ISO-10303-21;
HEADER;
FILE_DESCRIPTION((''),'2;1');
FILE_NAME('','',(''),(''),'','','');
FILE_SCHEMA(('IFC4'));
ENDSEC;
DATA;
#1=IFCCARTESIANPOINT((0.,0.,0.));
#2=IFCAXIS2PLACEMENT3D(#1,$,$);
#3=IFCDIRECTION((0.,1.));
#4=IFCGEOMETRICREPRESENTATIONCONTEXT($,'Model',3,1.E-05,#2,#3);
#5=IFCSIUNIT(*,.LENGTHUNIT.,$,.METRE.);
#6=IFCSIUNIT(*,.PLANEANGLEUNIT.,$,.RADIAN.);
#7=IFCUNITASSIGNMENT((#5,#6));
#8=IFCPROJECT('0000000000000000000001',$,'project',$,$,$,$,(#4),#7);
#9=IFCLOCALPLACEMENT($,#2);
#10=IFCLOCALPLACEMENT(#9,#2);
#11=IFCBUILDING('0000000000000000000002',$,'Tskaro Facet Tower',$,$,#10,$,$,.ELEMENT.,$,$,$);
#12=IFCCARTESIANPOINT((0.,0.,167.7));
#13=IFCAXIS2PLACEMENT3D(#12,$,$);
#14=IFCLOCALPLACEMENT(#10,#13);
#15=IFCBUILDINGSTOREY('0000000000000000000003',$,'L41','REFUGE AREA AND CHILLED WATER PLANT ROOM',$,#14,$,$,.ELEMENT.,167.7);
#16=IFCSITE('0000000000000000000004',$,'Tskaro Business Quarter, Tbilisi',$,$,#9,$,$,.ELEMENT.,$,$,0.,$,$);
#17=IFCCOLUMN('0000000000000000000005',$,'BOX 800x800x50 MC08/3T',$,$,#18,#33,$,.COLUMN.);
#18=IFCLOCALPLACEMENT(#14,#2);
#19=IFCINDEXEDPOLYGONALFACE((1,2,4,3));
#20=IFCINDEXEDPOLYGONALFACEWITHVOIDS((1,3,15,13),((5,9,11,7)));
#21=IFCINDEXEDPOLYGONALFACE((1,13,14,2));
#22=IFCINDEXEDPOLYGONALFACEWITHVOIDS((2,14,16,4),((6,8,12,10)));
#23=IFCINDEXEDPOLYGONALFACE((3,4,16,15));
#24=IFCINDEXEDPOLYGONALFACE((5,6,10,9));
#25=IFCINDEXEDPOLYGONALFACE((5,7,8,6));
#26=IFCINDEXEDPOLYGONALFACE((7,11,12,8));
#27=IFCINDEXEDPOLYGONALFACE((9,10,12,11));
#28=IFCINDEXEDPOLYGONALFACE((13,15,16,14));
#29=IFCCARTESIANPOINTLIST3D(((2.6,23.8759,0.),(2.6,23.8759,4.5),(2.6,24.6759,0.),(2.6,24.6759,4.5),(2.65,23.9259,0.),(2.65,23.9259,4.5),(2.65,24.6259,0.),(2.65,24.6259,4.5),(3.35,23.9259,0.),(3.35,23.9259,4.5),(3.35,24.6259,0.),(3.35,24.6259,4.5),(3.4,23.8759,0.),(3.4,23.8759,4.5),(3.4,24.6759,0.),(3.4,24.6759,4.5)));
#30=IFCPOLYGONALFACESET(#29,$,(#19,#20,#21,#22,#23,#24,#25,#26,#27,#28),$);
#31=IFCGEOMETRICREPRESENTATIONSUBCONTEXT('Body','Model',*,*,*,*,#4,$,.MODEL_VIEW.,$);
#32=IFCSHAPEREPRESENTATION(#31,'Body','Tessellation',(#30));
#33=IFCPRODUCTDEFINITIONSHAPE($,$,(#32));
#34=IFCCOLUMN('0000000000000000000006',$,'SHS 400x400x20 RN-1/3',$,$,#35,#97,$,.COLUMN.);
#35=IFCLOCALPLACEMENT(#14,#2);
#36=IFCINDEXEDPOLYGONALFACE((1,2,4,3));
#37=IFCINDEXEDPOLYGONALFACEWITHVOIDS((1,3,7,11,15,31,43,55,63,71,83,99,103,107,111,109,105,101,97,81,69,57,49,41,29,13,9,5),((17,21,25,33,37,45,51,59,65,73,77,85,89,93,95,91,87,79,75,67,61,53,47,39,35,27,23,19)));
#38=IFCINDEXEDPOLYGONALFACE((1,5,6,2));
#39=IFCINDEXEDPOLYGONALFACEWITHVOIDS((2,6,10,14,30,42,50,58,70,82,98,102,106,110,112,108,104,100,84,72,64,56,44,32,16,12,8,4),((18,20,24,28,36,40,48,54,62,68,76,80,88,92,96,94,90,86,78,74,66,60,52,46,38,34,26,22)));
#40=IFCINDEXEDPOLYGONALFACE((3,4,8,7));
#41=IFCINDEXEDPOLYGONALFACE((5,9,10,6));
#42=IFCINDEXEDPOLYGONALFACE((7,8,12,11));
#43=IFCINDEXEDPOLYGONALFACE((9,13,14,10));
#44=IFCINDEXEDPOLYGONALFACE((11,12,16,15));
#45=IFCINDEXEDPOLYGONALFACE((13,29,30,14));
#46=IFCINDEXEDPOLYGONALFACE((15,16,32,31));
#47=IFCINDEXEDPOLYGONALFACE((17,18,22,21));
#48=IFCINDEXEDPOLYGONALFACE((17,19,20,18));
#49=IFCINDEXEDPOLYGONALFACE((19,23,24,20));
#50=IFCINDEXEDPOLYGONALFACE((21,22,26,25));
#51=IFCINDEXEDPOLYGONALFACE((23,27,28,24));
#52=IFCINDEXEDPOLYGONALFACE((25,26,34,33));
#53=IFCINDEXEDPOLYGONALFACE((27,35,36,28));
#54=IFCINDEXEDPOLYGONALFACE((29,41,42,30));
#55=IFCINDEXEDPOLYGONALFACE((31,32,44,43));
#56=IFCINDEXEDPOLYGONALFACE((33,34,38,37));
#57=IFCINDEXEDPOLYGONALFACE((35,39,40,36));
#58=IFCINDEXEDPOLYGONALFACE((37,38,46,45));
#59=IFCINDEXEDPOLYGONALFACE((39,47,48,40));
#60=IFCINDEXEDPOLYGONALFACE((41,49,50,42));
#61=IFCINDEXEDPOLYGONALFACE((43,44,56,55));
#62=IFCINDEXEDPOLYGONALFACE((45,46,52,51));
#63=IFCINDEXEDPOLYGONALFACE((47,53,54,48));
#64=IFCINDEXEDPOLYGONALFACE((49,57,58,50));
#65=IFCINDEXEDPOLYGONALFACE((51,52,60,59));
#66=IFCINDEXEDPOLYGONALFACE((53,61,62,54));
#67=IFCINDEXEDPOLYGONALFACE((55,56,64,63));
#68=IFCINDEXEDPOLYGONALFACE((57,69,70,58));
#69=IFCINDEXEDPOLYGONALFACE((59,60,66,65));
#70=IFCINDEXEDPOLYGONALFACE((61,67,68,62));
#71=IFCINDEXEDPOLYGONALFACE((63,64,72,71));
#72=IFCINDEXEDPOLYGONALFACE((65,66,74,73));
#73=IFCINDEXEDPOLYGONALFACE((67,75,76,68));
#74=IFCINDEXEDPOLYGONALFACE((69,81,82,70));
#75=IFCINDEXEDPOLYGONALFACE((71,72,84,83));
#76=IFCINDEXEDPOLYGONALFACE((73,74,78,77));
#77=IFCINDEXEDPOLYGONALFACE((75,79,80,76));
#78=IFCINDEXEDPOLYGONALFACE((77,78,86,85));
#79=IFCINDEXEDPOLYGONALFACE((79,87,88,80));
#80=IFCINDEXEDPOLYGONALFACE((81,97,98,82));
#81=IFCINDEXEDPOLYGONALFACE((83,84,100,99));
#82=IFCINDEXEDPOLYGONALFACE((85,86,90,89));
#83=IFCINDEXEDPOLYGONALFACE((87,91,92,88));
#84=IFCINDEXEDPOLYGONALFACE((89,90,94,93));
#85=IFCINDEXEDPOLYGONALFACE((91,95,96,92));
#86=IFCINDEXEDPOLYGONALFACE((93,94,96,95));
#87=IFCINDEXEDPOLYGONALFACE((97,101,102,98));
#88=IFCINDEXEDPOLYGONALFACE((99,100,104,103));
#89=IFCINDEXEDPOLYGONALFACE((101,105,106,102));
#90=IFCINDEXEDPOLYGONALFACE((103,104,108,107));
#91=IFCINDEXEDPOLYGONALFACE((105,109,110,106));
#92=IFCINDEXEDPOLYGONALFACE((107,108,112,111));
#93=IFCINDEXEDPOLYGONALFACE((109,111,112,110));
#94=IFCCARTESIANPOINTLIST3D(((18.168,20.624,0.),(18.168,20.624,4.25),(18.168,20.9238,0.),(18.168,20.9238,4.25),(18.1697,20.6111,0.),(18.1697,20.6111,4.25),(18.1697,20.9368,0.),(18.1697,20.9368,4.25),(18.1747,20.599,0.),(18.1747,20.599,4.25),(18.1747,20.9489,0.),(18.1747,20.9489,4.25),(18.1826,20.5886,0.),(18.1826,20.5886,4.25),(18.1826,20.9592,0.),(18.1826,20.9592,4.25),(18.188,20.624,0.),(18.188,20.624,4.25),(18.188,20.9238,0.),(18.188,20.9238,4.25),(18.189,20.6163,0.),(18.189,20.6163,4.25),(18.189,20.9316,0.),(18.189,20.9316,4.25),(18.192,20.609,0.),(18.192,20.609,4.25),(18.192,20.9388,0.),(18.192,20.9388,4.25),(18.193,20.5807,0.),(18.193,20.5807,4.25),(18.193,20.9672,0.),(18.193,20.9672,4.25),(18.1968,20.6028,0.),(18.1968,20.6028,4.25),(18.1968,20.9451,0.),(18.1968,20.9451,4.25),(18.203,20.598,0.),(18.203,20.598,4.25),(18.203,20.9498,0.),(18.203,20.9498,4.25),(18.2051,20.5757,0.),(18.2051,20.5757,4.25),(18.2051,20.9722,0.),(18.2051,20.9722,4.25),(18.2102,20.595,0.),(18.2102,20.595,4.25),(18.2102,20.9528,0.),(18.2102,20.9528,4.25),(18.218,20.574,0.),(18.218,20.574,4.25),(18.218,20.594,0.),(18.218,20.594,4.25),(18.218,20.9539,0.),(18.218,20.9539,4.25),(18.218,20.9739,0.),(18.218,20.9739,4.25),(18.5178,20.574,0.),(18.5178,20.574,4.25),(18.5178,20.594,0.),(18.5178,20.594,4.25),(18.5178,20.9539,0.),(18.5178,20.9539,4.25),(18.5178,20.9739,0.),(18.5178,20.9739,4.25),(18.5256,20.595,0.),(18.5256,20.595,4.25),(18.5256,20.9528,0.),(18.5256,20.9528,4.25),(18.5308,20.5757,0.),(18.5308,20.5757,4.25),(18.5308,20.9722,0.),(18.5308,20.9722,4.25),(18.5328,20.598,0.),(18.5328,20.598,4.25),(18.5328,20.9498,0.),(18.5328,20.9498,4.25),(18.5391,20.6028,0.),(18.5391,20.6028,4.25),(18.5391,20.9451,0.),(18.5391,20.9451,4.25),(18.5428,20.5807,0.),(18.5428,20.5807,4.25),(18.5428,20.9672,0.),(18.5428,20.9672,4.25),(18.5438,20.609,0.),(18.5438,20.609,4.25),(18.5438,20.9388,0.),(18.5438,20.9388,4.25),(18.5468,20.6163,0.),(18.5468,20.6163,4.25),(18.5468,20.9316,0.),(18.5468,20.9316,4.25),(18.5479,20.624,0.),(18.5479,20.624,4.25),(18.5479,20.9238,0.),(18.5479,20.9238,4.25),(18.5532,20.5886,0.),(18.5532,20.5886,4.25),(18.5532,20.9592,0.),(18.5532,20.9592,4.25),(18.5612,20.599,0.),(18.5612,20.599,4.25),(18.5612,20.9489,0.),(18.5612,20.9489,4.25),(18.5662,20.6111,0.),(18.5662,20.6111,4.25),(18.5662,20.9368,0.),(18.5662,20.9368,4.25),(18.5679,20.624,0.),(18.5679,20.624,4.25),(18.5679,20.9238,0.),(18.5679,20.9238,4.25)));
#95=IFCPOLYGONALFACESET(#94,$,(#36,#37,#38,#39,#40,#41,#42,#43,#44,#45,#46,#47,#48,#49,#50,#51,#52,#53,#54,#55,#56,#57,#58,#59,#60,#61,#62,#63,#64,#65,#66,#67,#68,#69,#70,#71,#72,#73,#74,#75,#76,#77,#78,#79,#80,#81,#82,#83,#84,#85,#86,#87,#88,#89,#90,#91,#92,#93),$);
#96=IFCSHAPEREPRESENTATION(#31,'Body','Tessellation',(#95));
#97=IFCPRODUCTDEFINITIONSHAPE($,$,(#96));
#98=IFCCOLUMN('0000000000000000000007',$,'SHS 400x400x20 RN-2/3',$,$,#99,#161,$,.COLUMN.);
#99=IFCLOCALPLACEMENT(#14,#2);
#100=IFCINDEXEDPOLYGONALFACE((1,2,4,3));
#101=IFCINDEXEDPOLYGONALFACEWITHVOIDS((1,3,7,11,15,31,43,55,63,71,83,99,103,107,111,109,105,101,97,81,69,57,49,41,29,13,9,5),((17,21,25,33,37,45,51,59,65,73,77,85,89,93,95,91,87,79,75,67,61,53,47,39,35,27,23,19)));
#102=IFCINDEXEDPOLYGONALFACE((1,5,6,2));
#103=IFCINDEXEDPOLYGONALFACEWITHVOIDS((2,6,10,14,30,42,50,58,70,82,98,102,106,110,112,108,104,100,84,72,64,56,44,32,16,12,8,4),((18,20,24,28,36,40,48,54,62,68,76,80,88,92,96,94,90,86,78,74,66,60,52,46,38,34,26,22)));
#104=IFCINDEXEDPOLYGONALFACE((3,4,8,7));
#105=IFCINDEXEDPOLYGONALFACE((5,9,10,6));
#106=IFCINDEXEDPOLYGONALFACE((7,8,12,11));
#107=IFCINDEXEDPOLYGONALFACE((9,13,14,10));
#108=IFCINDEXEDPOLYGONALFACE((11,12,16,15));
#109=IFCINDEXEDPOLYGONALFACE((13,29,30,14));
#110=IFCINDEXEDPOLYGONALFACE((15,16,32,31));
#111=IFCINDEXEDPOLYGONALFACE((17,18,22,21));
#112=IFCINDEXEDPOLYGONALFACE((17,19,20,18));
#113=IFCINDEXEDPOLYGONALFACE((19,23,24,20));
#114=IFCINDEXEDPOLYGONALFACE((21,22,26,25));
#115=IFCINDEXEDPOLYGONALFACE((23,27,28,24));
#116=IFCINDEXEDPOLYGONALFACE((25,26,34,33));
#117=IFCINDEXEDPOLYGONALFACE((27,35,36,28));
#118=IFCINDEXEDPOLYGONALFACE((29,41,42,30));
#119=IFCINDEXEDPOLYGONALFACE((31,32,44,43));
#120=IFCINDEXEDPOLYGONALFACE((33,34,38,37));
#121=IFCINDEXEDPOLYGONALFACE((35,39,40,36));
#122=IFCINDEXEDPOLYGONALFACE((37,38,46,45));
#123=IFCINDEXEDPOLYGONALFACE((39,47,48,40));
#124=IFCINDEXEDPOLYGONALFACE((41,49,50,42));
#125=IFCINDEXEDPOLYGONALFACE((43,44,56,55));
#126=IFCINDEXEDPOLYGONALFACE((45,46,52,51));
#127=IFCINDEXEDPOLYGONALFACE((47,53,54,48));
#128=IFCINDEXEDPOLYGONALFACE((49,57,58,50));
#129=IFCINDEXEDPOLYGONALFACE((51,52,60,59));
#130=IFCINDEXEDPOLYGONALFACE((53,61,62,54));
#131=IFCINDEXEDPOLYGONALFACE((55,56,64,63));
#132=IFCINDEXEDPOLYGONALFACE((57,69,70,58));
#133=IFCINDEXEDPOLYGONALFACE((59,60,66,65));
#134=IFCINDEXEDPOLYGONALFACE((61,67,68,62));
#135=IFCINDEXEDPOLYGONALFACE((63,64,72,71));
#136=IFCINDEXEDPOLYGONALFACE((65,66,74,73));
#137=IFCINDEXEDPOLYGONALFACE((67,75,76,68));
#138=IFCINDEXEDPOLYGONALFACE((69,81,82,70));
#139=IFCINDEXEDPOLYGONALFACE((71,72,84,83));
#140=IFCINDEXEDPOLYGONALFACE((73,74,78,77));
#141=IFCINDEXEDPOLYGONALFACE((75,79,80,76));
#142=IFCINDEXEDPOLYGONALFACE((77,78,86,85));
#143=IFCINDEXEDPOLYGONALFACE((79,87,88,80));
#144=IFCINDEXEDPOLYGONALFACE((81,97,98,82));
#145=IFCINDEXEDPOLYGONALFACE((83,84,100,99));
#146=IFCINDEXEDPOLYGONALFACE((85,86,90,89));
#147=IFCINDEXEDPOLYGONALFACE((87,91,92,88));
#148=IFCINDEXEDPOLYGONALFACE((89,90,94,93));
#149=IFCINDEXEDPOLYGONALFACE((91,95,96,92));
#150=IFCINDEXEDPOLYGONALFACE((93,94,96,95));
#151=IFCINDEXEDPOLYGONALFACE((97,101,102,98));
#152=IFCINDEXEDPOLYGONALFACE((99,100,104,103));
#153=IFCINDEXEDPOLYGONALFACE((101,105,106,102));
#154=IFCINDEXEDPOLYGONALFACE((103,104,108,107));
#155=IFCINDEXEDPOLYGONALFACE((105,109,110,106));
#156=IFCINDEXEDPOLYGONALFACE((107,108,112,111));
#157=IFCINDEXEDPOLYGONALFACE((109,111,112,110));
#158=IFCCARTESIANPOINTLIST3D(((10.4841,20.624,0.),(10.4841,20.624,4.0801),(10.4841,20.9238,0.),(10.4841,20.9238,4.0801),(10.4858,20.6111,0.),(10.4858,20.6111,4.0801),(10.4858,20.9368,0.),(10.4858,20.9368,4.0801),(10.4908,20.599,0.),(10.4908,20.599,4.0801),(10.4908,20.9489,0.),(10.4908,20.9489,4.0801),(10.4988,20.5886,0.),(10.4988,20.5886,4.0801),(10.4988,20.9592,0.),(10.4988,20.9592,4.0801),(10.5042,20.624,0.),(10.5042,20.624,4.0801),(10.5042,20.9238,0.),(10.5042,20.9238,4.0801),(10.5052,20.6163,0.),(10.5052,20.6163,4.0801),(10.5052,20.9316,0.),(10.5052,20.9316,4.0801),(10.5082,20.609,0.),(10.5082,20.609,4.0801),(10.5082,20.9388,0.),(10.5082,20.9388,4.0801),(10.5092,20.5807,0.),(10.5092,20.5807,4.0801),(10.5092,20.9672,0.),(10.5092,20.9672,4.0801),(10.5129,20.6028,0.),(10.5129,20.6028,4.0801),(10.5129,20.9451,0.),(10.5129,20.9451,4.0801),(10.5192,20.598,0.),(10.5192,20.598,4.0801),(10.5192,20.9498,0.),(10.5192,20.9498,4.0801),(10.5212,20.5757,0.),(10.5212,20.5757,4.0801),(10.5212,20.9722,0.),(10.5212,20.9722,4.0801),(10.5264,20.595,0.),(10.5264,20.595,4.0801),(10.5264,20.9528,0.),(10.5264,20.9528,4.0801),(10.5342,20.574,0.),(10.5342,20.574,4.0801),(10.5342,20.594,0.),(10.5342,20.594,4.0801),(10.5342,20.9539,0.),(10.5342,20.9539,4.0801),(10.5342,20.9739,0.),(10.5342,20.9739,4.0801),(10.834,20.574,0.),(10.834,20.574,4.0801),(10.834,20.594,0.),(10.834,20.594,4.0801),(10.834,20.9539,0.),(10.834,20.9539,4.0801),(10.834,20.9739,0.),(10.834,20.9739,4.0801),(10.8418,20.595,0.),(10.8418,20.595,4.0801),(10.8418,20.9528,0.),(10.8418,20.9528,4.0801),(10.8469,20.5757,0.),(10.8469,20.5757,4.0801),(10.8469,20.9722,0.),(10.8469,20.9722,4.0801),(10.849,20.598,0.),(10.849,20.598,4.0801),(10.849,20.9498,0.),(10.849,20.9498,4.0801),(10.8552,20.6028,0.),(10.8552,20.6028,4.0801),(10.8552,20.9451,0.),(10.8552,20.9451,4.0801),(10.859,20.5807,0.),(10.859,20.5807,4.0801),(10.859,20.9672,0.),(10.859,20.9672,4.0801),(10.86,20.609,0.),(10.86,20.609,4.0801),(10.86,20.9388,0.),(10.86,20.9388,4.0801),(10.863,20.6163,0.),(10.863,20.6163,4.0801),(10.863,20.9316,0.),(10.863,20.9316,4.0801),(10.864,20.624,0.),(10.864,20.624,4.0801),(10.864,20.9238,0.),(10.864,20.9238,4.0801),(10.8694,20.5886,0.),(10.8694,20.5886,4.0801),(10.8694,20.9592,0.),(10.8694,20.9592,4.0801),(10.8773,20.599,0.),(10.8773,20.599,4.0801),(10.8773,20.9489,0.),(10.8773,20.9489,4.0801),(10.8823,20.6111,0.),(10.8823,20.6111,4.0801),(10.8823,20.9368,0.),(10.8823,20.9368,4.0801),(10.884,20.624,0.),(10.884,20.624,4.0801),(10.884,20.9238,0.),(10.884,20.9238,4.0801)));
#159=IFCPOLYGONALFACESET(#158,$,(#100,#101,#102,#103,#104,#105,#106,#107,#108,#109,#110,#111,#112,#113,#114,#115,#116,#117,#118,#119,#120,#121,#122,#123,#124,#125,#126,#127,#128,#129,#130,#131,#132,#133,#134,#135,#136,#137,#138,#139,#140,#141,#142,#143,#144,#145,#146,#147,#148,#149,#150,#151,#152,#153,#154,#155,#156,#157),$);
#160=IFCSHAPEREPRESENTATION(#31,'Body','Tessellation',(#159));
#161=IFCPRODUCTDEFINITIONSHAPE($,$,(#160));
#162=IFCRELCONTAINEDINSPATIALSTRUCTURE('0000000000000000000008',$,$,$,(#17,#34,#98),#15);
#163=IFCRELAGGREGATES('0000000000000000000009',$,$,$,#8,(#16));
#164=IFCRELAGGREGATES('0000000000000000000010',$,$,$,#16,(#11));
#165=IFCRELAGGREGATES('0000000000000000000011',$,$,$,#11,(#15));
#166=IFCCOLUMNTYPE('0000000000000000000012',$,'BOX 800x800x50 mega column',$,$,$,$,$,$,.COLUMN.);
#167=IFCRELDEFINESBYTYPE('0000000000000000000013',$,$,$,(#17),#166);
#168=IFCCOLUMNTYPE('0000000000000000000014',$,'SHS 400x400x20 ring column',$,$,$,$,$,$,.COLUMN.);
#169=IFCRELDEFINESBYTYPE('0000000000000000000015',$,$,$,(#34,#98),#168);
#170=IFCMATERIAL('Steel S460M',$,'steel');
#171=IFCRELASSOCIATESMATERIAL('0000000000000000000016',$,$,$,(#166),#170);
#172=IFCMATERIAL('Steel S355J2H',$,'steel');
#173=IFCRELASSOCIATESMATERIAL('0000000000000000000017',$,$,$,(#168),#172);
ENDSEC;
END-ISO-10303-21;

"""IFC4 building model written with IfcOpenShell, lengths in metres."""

from ifc_helpers import new_model, si_unit, direction, frame, origin, origin_2d, place, context, subcontext, project, spatial, hollow_rectangle, extrude, material, material_profile, profile_set, type_object, element, save


model = new_model("IFC4")

# Units and contexts
model_context = context("Model", 3, precision=1e-05, world=origin(), true_north=direction((0.0, 1.0)))
body_context = subcontext(model_context, "Body", "Model", "MODEL_VIEW")
ifc_project = project(units=[si_unit("LENGTHUNIT", "METRE"), si_unit("PLANEANGLEUNIT", "RADIAN")], contexts=[model_context])

# Site, building, storey
site_placement = place(None, origin())
site = spatial("IfcSite", under=ifc_project, at=site_placement, Name="Tskaro Business Quarter, Tbilisi", CompositionType="ELEMENT", RefElevation=0.0)
building_placement = place(site_placement, origin())
building = spatial("IfcBuilding", under=site, at=building_placement, Name="Tskaro Facet Tower", CompositionType="ELEMENT")
storey_placement = place(building_placement, frame((0.0, 0.0, 167.7)))
storey = spatial("IfcBuildingStorey", under=building, at=storey_placement, Name="L41", Description="REFUGE AREA AND CHILLED WATER PLANT ROOM", CompositionType="ELEMENT", Elevation=167.7)

# Columns
ifc_material_1 = material(Name="Steel S460M", Category="steel")
ifc_material_profile_1 = material_profile(ifc_material_1, hollow_rectangle(XDim=0.8, YDim=0.8, WallThickness=0.05, at=origin_2d()), Name="BOX 800x800x50")
ifc_profile_set_1 = profile_set([ifc_material_profile_1], Name="Steel S460M")
column_type_1 = type_object("IfcColumnType", Name="BOX 800x800x50 mega column", PredefinedType="COLUMN", material=ifc_profile_set_1)
column_1_placement = place(storey_placement, frame((3.0, 24.2759, 0.0), z_axis=(0.0, 0.0, 1.0), x_axis=(1.0, 0.0, 0.0)))
element("IfcColumn", 1, at=column_1_placement, inside=storey, type_object=column_type_1, Name="BOX 800x800x50 MC08/3T", PredefinedType="COLUMN", context=body_context, shape_type="SweptSolid", body=[
    extrude(hollow_rectangle(XDim=0.8, YDim=0.8, WallThickness=0.05, at=origin_2d()), origin(), (0.0, 0.0, 1.0), 4.5),
])
ifc_material_2 = material(Name="Steel S355J2H", Category="steel")
ifc_material_profile_2 = material_profile(ifc_material_2, hollow_rectangle(XDim=0.3999, YDim=0.3999, WallThickness=0.02, InnerFilletRadius=0.03, OuterFilletRadius=0.05, at=origin_2d()), Name="SHS 400x400x20")
ifc_profile_set_2 = profile_set([ifc_material_profile_2], Name="Steel S355J2H")
column_type_2 = type_object("IfcColumnType", Name="SHS 400x400x20 ring column", PredefinedType="COLUMN", material=ifc_profile_set_2)
column_2_placement = place(storey_placement, frame((18.3679, 20.7739, 0.0), z_axis=(0.0, 0.0, 1.0), x_axis=(1.0, 0.0, 0.0)))
element("IfcColumn", 2, at=column_2_placement, inside=storey, type_object=column_type_2, Name="SHS 400x400x20 RN-1/3", PredefinedType="COLUMN", context=body_context, shape_type="SweptSolid", body=[
    extrude(hollow_rectangle(XDim=0.3999, YDim=0.3999, WallThickness=0.02, InnerFilletRadius=0.03, OuterFilletRadius=0.05, at=origin_2d()), origin(), (0.0, 0.0, 1.0), 4.25),
])
for number, where, z_axis, x_axis, name in (
    (3, (10.6841, 20.7739, 0.0), (0.0, 0.0, 1.0), (1.0, 0.0, 0.0), "SHS 400x400x20 RN-2/3"),
):
    element("IfcColumn", number, at=place(storey_placement, frame(where, z_axis=z_axis, x_axis=x_axis)), inside=storey, type_object=column_type_2, Name=name, PredefinedType="COLUMN", context=body_context, shape_type="SweptSolid", body=[
        extrude(hollow_rectangle(XDim=0.3999, YDim=0.3999, WallThickness=0.02, InnerFilletRadius=0.03, OuterFilletRadius=0.05, at=origin_2d()), origin(), (0.0, 0.0, 1.0), 4.0801),
    ])

save(model, "model.ifc")
